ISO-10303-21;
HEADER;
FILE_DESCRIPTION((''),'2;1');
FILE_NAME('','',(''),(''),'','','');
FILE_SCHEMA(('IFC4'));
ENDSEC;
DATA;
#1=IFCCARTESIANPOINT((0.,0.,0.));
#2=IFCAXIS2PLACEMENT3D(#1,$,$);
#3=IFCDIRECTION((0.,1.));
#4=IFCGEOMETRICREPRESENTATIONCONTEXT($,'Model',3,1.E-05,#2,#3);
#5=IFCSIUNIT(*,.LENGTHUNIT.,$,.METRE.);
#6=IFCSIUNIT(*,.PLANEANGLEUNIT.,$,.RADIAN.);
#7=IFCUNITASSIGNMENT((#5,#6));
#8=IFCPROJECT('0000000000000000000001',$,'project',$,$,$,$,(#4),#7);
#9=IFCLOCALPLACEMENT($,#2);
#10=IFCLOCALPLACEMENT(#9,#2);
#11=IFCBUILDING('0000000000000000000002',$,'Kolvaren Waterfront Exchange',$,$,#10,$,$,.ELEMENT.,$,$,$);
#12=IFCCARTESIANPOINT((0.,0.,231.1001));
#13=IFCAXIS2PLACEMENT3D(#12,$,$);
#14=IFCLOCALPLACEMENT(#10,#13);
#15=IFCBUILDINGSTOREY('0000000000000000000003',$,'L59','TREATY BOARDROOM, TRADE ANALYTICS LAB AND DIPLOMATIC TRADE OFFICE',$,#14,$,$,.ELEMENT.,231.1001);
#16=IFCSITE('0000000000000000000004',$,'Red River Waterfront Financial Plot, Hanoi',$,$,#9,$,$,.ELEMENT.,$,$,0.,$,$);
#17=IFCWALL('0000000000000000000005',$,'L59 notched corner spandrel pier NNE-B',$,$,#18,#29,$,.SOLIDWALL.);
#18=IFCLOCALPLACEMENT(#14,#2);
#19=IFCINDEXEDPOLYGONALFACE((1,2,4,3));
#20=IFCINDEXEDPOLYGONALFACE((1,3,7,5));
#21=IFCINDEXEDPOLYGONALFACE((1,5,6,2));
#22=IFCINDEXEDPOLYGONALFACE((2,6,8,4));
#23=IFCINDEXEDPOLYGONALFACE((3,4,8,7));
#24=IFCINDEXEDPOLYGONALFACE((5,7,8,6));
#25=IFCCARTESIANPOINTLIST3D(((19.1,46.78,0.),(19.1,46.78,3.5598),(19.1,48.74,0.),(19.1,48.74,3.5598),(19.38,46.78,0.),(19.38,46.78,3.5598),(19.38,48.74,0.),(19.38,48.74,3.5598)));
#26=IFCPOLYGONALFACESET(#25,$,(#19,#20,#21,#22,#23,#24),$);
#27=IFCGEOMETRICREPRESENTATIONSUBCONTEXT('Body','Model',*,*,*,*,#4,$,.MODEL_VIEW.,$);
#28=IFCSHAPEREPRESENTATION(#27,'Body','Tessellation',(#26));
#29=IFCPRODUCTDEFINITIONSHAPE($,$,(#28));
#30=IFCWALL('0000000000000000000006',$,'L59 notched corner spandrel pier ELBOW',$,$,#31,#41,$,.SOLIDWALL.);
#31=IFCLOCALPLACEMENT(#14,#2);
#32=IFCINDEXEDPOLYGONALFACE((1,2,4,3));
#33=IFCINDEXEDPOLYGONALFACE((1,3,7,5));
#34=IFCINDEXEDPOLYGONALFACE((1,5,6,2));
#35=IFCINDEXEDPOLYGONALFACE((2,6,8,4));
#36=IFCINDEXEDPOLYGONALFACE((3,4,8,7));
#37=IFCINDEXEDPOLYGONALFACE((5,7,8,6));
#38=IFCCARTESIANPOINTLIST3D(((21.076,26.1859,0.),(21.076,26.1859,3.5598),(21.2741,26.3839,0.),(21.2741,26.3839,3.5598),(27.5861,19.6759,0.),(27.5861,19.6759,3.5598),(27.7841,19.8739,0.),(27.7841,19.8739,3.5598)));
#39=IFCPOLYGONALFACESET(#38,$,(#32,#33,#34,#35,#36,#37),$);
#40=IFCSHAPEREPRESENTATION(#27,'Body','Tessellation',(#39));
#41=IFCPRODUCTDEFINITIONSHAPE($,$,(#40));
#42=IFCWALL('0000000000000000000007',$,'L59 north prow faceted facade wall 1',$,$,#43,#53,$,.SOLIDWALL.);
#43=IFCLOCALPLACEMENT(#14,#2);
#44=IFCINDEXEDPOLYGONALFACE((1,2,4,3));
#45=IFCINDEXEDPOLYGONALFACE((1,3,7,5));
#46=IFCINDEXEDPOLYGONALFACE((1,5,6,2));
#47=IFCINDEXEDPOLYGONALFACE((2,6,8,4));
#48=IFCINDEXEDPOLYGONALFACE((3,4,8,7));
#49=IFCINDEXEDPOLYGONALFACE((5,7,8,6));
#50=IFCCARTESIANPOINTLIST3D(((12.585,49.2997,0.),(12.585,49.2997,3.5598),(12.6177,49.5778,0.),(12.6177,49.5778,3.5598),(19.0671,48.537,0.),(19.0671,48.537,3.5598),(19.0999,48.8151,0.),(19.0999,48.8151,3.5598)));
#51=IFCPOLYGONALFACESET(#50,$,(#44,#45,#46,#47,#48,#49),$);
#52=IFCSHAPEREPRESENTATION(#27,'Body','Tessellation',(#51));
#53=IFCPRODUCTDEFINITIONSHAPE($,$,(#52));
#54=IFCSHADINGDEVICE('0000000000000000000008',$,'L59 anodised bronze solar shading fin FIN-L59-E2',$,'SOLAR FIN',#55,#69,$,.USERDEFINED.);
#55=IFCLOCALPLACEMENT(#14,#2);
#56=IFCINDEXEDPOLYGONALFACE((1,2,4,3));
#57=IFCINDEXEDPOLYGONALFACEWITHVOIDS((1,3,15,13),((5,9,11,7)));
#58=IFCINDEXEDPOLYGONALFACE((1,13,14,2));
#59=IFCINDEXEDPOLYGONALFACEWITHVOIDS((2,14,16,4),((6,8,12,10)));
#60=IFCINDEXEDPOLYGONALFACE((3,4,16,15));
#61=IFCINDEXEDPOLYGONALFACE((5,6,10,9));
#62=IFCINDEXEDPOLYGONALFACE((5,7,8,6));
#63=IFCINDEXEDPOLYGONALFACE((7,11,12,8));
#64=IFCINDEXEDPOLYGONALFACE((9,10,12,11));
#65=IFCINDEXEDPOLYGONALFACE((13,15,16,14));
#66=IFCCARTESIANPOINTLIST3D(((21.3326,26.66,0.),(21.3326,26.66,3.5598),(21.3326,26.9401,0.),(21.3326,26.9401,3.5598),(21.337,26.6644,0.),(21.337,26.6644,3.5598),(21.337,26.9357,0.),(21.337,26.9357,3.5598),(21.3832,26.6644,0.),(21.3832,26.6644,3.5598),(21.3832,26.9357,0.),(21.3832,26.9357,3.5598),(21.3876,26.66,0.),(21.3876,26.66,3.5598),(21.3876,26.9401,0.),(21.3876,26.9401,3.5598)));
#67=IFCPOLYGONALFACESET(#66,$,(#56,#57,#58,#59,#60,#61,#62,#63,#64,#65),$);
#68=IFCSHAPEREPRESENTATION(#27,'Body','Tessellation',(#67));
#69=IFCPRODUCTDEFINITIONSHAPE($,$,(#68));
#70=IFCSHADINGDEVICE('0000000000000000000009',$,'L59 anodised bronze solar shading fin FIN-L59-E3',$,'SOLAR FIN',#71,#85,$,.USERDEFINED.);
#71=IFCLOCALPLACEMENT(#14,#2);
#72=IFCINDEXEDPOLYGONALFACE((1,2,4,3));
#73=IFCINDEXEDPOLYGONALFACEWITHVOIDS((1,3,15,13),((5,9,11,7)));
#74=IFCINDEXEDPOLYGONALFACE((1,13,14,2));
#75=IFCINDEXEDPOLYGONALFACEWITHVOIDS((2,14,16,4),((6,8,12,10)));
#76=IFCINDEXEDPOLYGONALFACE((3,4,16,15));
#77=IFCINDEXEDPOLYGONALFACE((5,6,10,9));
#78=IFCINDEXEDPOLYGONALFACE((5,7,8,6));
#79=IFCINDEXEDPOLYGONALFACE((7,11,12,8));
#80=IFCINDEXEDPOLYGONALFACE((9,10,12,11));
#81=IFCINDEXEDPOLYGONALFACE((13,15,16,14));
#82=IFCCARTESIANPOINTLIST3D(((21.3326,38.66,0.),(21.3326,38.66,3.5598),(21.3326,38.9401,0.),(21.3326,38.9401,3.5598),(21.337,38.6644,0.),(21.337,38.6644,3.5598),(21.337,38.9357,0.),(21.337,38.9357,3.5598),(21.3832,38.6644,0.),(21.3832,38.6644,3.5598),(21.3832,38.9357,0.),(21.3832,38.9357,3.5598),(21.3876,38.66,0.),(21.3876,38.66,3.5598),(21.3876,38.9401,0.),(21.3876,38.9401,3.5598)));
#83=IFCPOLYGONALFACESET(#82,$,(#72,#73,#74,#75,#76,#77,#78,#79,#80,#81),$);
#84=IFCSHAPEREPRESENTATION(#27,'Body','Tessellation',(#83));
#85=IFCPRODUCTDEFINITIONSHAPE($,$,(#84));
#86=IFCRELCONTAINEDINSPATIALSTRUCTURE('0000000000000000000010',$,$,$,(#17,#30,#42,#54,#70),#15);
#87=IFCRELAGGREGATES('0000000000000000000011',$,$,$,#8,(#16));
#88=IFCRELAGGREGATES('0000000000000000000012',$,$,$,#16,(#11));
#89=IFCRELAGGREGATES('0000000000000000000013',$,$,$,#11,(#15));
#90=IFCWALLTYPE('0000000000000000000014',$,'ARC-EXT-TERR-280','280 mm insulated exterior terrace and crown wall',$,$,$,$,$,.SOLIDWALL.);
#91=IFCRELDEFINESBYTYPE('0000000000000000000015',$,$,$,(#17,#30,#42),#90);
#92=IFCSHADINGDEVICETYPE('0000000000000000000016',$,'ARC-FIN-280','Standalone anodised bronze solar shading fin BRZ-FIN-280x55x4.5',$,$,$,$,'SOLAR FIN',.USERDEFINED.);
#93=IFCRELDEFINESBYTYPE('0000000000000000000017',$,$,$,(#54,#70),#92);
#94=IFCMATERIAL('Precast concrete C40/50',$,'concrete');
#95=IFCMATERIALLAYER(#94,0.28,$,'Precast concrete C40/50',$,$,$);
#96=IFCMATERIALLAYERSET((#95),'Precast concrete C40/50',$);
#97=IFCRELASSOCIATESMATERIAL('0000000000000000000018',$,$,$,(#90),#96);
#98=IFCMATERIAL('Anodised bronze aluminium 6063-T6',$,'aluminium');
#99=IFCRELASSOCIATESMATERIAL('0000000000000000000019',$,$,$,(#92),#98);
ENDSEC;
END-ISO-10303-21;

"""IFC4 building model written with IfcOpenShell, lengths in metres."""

from ifc_helpers import new_model, si_unit, direction, frame, frame_2d, origin, origin_2d, place, context, subcontext, project, spatial, rectangle, hollow_rectangle, extrude, material, layer, layer_set, material_profile, profile_set, type_object, element, save


model = new_model("IFC4")

# Units and contexts
model_context = context("Model", 3, precision=1e-05, world=origin(), true_north=direction((0.0, 1.0)))
body_context = subcontext(model_context, "Body", "Model", "MODEL_VIEW")
ifc_project = project(units=[si_unit("LENGTHUNIT", "METRE"), si_unit("PLANEANGLEUNIT", "RADIAN")], contexts=[model_context])

# Site, building, storey
site_placement = place(None, origin())
site = spatial("IfcSite", under=ifc_project, at=site_placement, Name="Red River Waterfront Financial Plot, Hanoi", CompositionType="ELEMENT", RefElevation=0.0)
building_placement = place(site_placement, origin())
building = spatial("IfcBuilding", under=site, at=building_placement, Name="Kolvaren Waterfront Exchange", CompositionType="ELEMENT")
storey_placement = place(building_placement, frame((0.0, 0.0, 231.1001)))
storey = spatial("IfcBuildingStorey", under=building, at=storey_placement, Name="L59", Description="TREATY BOARDROOM, TRADE ANALYTICS LAB AND DIPLOMATIC TRADE OFFICE", CompositionType="ELEMENT", Elevation=231.1001)

# Shared definitions
ifc_material_1 = material(Name="Anodised bronze aluminium 6063-T6", Category="aluminium")

# Walls
ifc_material_2 = material(Name="Precast concrete C40/50", Category="concrete")
ifc_layer_1 = layer(ifc_material_2, 0.28, Name="Precast concrete C40/50")
ifc_layer_set_1 = layer_set([ifc_layer_1], Name="Precast concrete C40/50")
wall_type = type_object("IfcWallType", Name="ARC-EXT-TERR-280", Description="280 mm insulated exterior terrace and crown wall", PredefinedType="SOLIDWALL", material=ifc_layer_set_1)
wall_1_placement = place(storey_placement, frame((19.24, 46.78, 0.0), z_axis=(0.0, 0.0, 1.0), x_axis=(0.0, 1.0, 0.0)))
element("IfcWall", 1, at=wall_1_placement, inside=storey, type_object=wall_type, Name="L59 notched corner spandrel pier NNE-B", PredefinedType="SOLIDWALL", context=body_context, shape_type="SweptSolid", body=[
    extrude(rectangle(XDim=1.96, YDim=0.28, at=frame_2d((0.98, 0.0))), origin(), (0.0, 0.0, 1.0), 3.5598),
])
wall_2_placement = place(storey_placement, frame((27.6851, 19.7749, 0.0), z_axis=(0.0, 0.0, 1.0), x_axis=(-0.707107, 0.707107, 0.0)))
element("IfcWall", 2, at=wall_2_placement, inside=storey, type_object=wall_type, Name="L59 notched corner spandrel pier ELBOW", PredefinedType="SOLIDWALL", context=body_context, shape_type="SweptSolid", body=[
    extrude(rectangle(XDim=9.2065, YDim=0.28, at=frame_2d((4.6033, 0.0))), origin(), (0.0, 0.0, 1.0), 3.5598),
])
wall_3_placement = place(storey_placement, frame((19.0835, 48.676, 0.0), z_axis=(0.0, 0.0, 1.0), x_axis=(-0.993149, 0.116854, 0.0)))
element("IfcWall", 3, at=wall_3_placement, inside=storey, type_object=wall_type, Name="L59 north prow faceted facade wall 1", PredefinedType="SOLIDWALL", context=body_context, shape_type="SweptSolid", body=[
    extrude(rectangle(XDim=6.5269, YDim=0.28, at=frame_2d((3.2634, 0.0))), origin(), (0.0, 0.0, 1.0), 3.5598),
])

# Shading devices
ifc_material_profile_1 = material_profile(ifc_material_1, hollow_rectangle(XDim=0.0549, YDim=0.28, WallThickness=0.0044, at=origin_2d()), Name="BRZ-FIN-280x55x4.5")
ifc_profile_set_1 = profile_set([ifc_material_profile_1], Name="Anodised bronze aluminium 6063-T6")
shading_device_type = type_object("IfcShadingDeviceType", Name="ARC-FIN-280", Description="Standalone anodised bronze solar shading fin BRZ-FIN-280x55x4.5", ElementType="SOLAR FIN", PredefinedType="USERDEFINED", material=ifc_profile_set_1)
for number, where, z_axis, x_axis, name in (
    (4, (21.3601, 26.8, 0.0), (0.0, 0.0, 1.0), (1.0, 0.0, 0.0), "L59 anodised bronze solar shading fin FIN-L59-E2"),
    (5, (21.3601, 38.8, 0.0), (0.0, 0.0, 1.0), (1.0, 0.0, 0.0), "L59 anodised bronze solar shading fin FIN-L59-E3"),
):
    element("IfcShadingDevice", number, at=place(storey_placement, frame(where, z_axis=z_axis, x_axis=x_axis)), inside=storey, type_object=shading_device_type, Name=name, ObjectType="SOLAR FIN", PredefinedType="USERDEFINED", context=body_context, shape_type="SweptSolid", body=[
        extrude(hollow_rectangle(XDim=0.0549, YDim=0.28, WallThickness=0.0044, at=origin_2d()), origin(), (0.0, 0.0, 1.0), 3.5598),
    ])

save(model, "model.ifc")
